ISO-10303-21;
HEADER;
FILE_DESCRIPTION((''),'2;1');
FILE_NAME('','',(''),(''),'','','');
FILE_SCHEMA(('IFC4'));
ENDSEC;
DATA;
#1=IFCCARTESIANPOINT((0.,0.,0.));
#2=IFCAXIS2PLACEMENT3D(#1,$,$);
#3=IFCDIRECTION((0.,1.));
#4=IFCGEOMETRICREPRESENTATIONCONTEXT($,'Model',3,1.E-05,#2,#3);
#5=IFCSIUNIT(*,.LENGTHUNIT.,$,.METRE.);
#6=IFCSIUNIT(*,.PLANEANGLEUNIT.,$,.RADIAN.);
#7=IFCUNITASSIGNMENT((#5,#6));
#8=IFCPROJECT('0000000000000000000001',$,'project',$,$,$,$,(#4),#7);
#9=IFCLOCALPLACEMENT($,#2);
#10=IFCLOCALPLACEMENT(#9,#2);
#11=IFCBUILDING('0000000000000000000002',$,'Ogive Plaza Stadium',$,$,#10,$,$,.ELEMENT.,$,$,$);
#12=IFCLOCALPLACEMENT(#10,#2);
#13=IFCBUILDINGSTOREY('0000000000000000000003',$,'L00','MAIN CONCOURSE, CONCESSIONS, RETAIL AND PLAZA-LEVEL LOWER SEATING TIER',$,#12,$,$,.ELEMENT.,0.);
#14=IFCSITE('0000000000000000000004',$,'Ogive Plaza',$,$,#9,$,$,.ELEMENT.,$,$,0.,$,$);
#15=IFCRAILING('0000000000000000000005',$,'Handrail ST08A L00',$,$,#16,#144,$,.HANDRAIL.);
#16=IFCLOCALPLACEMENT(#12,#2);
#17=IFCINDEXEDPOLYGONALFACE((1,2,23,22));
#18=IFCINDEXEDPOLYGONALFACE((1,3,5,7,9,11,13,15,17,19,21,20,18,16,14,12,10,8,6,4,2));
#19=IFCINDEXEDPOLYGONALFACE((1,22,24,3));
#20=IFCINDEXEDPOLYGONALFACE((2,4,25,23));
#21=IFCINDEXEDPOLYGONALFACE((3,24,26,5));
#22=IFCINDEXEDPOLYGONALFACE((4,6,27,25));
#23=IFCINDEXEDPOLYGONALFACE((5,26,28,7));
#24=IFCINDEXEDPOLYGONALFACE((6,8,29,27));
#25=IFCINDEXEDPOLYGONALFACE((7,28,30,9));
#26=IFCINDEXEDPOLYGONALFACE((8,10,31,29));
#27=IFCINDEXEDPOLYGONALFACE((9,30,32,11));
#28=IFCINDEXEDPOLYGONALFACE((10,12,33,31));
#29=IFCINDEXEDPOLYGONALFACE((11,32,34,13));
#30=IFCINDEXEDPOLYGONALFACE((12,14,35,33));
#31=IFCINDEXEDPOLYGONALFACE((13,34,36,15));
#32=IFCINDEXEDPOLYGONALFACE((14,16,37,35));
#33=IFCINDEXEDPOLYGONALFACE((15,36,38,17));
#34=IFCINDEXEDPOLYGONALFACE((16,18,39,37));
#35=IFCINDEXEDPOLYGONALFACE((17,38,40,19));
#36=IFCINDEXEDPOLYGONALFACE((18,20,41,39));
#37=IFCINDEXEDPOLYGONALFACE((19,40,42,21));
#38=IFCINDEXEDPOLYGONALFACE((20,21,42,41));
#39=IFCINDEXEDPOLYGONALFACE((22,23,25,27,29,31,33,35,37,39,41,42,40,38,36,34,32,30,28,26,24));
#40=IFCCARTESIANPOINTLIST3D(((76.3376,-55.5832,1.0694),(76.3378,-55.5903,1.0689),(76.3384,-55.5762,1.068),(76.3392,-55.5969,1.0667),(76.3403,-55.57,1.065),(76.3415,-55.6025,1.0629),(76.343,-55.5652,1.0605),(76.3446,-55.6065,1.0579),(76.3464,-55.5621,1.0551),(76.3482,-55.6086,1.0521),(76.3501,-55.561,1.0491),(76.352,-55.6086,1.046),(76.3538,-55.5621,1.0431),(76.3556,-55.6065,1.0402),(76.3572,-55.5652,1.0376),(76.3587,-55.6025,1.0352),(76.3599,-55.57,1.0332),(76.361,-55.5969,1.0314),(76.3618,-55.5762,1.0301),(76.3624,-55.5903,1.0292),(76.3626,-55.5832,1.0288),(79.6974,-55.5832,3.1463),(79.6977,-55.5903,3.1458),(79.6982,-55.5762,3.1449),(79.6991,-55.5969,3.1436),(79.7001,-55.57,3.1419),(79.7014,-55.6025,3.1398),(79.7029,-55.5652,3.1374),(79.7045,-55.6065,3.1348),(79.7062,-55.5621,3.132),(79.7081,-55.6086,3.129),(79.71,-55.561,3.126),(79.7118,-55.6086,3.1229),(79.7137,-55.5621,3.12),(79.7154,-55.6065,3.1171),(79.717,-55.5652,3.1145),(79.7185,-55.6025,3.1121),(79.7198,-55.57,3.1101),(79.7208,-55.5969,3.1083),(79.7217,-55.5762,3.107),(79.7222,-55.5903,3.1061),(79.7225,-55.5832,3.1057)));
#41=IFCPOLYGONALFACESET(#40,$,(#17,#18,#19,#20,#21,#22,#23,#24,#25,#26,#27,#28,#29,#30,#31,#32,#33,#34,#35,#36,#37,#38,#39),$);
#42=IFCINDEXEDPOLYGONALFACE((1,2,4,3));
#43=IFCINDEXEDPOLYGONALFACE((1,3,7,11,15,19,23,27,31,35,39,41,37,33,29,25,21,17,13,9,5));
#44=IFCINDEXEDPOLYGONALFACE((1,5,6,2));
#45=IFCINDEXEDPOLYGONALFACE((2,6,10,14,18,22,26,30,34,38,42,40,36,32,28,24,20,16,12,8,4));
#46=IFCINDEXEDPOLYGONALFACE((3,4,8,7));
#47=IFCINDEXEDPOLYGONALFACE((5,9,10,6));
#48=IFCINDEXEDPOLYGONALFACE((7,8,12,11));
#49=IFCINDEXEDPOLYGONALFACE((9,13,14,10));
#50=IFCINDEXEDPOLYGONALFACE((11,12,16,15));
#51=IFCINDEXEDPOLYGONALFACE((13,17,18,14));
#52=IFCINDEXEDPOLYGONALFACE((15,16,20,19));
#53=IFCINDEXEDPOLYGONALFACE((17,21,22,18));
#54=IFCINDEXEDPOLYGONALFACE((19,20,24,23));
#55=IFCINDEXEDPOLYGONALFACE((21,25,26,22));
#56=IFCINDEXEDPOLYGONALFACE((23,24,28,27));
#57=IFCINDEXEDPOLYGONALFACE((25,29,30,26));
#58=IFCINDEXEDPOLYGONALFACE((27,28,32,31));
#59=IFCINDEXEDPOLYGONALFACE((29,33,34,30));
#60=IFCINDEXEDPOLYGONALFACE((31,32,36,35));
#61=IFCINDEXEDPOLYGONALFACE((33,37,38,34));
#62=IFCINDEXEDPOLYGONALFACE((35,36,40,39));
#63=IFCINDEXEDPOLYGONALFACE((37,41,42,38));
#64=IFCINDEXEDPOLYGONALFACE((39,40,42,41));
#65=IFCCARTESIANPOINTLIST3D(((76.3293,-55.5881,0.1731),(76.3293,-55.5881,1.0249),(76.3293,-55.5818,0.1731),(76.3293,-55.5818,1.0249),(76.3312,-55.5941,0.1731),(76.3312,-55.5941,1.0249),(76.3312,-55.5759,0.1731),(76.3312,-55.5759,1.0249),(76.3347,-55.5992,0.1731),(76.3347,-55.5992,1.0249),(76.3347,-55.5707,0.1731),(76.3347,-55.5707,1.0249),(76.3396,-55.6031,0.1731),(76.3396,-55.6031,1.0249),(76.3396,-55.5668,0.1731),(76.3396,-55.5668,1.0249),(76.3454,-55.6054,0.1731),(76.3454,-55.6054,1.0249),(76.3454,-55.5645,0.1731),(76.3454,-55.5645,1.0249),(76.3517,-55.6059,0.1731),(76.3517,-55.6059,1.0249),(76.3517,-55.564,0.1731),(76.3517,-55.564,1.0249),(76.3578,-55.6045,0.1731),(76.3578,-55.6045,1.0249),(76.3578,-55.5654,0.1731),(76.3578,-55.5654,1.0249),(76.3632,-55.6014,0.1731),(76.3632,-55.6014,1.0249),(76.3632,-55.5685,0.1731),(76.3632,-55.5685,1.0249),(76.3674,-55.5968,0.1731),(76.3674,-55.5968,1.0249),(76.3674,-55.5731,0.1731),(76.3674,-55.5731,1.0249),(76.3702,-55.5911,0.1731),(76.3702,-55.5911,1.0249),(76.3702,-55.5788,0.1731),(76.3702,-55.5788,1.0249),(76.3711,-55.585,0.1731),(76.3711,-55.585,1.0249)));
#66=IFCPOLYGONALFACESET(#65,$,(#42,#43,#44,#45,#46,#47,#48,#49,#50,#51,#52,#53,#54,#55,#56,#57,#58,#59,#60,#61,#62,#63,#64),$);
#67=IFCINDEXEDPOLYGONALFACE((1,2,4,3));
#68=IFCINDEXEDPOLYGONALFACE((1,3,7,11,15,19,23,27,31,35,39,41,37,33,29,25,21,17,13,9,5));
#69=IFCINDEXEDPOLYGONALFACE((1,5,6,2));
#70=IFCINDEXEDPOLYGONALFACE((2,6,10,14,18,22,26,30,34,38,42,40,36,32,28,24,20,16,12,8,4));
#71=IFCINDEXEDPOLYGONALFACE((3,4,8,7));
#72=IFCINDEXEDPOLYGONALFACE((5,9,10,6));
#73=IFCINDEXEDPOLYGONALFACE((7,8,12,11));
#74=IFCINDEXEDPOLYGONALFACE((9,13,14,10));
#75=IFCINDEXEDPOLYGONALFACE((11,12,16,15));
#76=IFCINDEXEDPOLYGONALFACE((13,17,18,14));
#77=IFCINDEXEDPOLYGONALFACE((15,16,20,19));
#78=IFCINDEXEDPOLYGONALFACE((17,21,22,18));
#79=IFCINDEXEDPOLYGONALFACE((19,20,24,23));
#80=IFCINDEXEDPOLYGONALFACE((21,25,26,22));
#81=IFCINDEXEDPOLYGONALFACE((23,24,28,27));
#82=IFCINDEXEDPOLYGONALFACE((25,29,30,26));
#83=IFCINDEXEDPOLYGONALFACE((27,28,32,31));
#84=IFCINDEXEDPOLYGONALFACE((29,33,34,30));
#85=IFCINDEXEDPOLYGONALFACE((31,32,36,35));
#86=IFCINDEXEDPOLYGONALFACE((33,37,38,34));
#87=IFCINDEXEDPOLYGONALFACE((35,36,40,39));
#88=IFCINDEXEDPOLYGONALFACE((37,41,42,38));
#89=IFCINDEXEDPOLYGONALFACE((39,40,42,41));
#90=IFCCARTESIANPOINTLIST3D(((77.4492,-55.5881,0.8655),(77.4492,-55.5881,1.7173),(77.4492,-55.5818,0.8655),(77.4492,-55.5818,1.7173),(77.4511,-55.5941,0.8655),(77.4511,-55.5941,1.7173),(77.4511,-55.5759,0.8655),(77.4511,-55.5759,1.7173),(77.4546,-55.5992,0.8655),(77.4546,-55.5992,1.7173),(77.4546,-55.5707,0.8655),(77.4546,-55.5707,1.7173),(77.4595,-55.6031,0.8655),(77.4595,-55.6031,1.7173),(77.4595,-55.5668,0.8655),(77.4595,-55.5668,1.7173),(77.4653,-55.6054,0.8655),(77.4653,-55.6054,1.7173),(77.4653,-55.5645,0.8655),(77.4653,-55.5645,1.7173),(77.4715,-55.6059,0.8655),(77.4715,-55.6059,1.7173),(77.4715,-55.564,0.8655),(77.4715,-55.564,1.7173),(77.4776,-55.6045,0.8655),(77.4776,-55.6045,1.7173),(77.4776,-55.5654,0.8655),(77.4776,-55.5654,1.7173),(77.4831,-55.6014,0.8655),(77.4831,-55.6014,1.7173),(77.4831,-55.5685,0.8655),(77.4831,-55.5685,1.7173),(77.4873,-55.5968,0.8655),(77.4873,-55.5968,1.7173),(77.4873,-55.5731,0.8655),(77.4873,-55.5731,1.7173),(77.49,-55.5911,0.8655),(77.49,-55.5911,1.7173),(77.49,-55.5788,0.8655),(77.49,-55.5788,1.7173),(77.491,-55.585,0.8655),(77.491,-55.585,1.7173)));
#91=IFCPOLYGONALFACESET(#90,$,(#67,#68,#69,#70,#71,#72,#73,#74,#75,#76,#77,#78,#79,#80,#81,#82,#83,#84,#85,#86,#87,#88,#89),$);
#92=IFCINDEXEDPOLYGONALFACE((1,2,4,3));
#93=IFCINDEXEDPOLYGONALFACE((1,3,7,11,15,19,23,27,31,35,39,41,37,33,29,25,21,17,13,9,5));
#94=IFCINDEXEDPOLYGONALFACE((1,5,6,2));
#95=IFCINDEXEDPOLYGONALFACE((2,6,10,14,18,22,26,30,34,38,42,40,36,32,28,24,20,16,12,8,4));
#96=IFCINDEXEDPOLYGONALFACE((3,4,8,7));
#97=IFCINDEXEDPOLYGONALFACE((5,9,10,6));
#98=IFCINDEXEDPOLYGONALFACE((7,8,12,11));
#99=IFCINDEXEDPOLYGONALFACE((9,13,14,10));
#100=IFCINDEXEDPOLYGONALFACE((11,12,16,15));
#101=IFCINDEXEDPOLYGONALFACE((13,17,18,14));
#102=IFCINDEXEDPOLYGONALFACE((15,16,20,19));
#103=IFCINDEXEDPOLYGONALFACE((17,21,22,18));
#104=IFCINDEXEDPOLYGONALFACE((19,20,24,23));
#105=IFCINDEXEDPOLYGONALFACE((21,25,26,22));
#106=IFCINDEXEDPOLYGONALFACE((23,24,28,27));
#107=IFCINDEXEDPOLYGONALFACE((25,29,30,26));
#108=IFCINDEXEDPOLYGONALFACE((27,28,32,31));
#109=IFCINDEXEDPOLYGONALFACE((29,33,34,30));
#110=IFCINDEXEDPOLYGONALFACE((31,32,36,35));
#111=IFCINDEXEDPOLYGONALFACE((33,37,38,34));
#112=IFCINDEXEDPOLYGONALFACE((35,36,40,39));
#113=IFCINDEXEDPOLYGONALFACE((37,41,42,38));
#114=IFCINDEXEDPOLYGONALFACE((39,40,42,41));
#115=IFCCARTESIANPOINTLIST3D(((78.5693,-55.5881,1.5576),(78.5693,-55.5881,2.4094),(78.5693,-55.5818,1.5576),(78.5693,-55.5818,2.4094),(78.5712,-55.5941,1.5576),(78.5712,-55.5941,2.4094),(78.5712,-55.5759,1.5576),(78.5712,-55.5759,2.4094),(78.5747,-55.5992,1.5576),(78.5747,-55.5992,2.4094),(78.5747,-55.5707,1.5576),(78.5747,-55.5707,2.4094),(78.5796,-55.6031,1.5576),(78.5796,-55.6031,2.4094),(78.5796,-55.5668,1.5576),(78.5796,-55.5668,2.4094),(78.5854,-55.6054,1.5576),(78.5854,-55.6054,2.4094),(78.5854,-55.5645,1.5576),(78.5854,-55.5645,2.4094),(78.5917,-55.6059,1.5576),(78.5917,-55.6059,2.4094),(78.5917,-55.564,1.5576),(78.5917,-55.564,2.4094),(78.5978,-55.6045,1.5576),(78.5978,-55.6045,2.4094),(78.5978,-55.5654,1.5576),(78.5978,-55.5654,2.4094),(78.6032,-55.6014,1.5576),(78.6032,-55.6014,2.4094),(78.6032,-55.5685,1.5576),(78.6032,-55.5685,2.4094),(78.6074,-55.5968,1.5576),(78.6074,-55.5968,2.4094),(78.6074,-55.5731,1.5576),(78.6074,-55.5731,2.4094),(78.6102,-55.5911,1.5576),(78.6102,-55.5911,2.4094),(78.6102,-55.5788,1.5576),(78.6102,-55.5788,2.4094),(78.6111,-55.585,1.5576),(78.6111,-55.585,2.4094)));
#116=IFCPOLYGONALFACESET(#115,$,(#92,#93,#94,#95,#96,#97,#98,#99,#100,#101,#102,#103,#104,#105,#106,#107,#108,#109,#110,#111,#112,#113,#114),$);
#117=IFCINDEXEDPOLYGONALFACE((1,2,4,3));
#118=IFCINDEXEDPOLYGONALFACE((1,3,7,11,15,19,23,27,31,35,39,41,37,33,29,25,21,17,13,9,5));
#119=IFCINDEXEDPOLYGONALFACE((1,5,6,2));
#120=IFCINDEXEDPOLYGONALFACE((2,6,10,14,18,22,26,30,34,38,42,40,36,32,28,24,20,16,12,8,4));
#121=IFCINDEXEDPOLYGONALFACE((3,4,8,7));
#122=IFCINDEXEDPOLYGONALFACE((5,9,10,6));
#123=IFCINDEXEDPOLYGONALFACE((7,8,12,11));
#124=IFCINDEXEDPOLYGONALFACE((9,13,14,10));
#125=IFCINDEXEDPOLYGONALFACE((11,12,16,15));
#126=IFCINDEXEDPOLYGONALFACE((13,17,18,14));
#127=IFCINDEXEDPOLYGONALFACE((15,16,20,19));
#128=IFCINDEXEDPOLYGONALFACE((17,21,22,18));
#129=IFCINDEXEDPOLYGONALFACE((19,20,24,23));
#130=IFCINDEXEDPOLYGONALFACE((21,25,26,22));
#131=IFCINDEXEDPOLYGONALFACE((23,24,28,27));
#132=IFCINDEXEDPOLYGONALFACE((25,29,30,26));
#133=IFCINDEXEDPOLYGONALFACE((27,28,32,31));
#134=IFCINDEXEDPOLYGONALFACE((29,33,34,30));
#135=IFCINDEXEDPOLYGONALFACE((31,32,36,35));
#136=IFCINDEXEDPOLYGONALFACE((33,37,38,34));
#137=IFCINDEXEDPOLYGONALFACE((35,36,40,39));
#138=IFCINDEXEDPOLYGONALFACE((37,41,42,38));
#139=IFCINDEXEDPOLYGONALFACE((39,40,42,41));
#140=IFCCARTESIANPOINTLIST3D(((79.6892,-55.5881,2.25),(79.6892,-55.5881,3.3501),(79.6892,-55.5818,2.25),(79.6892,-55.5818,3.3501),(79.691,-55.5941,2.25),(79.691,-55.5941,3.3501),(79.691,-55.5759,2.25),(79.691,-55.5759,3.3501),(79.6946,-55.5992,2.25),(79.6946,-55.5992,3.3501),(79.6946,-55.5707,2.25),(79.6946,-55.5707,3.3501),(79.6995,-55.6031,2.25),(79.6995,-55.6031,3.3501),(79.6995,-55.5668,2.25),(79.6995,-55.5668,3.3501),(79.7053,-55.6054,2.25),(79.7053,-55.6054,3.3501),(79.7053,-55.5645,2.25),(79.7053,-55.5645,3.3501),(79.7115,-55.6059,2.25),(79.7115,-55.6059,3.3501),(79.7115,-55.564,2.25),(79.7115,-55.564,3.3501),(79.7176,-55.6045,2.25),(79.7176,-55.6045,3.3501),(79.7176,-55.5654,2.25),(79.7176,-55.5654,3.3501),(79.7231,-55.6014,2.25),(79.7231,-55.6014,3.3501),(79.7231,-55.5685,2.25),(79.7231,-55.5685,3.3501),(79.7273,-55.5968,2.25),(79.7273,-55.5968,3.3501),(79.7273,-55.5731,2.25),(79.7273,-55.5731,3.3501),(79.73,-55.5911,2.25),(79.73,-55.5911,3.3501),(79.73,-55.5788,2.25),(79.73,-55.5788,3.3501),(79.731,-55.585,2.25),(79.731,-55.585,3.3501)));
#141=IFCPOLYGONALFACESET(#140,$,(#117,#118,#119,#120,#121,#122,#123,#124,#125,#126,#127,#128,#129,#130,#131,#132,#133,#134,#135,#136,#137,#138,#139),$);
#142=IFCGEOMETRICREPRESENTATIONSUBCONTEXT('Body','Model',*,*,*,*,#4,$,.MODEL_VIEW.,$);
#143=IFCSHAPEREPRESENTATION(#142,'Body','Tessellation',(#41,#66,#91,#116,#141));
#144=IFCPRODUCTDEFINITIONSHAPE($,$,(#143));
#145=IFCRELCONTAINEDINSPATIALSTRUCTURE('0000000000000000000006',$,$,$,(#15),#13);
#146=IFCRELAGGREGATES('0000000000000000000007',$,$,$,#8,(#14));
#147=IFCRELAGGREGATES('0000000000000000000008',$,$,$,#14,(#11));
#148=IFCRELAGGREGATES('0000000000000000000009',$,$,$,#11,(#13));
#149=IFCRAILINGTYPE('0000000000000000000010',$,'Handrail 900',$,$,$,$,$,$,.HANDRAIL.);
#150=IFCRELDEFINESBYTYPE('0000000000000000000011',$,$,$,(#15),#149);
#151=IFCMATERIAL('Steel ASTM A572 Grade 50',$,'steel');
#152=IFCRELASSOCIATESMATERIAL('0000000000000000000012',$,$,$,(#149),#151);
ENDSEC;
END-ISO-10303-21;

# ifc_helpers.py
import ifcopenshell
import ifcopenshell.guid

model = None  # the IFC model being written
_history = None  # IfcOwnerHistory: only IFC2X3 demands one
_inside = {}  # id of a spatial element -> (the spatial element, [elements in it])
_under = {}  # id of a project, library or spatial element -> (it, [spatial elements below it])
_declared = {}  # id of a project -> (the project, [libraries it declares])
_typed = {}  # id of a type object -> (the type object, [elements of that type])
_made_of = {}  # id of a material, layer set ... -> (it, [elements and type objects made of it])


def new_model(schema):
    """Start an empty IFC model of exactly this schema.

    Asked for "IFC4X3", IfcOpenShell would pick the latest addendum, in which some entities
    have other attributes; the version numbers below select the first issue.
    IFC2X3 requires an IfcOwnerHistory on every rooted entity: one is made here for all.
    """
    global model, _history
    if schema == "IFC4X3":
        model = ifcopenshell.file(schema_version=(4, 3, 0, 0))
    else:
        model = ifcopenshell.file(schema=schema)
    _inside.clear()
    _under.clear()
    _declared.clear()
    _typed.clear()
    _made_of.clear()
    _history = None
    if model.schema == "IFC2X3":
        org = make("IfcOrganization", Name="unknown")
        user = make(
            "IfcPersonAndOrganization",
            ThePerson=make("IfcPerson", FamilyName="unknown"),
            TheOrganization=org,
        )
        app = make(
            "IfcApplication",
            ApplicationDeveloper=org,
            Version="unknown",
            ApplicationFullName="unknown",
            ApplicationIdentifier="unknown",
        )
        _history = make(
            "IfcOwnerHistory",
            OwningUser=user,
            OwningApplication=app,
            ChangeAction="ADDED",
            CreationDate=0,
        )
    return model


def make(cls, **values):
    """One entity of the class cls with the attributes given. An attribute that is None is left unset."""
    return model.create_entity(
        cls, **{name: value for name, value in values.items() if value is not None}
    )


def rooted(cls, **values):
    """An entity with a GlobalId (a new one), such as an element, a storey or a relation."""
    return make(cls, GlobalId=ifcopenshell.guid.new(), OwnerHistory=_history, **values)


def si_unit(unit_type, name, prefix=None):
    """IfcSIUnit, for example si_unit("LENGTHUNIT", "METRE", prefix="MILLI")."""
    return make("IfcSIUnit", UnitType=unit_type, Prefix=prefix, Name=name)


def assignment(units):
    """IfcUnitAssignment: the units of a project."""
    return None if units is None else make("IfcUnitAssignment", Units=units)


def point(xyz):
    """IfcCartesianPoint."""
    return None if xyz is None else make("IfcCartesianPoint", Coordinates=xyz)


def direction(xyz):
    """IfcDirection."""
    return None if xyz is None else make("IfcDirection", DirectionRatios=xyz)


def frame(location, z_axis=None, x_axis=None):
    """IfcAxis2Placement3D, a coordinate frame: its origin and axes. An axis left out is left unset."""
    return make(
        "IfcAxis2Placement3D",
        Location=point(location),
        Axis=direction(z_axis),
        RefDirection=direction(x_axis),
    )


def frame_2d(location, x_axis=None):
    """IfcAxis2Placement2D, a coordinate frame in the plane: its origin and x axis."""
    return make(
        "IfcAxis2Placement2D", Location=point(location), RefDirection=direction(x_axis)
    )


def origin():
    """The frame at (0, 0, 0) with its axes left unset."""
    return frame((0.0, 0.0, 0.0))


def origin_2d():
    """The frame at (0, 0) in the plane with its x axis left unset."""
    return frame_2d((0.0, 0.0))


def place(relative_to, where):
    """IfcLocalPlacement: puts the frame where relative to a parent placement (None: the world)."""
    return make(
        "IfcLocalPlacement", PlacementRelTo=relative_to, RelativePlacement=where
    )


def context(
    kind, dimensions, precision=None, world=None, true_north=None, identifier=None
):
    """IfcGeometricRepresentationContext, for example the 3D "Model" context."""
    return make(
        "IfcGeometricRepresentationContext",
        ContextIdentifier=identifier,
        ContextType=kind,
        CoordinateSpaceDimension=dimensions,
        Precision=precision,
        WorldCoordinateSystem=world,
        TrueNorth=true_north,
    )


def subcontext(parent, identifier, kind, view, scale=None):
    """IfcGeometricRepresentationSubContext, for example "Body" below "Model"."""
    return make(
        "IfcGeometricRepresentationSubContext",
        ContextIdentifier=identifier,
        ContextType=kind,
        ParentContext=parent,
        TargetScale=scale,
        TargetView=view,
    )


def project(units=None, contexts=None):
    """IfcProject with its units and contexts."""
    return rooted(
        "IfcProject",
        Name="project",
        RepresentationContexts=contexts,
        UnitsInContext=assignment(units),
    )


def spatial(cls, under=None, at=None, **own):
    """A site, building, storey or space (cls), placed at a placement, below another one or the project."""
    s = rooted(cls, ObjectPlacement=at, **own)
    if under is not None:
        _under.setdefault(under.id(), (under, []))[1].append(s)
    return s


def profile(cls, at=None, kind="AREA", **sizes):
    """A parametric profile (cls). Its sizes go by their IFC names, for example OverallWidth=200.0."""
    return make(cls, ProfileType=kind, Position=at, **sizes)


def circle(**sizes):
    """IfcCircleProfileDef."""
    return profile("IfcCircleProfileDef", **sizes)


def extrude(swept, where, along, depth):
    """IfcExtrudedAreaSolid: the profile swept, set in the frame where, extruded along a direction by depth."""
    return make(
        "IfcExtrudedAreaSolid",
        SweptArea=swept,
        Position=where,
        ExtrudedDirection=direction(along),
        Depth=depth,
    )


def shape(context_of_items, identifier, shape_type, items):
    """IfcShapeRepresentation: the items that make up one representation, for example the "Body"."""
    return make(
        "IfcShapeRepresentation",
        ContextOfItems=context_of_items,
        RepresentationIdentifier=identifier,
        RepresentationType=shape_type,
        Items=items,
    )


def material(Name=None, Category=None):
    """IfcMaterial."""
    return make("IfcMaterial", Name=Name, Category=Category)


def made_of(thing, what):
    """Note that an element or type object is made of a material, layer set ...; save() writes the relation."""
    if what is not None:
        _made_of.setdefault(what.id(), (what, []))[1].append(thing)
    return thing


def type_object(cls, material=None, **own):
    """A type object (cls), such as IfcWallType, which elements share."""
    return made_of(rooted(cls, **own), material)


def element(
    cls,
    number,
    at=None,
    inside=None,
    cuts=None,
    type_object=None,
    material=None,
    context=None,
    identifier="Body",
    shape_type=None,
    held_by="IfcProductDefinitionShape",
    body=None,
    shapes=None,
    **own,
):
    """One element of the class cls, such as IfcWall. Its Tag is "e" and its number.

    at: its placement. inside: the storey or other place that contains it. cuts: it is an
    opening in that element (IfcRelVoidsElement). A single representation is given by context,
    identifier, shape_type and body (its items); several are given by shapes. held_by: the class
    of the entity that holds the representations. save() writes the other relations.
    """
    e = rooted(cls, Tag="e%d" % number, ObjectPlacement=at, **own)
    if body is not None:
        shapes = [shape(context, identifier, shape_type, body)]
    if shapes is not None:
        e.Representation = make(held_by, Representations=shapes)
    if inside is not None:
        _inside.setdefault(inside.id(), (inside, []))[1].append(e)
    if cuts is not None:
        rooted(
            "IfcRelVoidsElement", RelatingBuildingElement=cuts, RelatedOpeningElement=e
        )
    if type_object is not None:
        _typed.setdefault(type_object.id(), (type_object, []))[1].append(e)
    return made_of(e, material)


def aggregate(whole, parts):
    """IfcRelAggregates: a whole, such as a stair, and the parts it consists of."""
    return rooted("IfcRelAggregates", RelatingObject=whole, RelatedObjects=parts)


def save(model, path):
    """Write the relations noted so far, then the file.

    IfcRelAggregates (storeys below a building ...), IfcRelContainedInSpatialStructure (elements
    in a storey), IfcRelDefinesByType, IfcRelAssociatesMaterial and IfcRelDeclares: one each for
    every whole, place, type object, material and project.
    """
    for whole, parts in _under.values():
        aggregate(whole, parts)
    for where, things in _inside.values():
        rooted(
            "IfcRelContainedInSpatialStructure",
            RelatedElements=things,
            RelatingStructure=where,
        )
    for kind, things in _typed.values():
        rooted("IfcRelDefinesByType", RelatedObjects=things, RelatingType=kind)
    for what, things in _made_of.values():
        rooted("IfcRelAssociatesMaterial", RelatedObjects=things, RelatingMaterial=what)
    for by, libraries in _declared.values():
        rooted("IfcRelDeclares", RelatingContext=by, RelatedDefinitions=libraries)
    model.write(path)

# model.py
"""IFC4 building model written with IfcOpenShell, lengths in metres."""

from ifc_helpers import new_model, si_unit, direction, frame, origin, origin_2d, place, context, subcontext, project, spatial, circle, extrude, material, type_object, element, save


model = new_model("IFC4")

# Units and contexts
model_context = context("Model", 3, precision=1e-05, world=origin(), true_north=direction((0.0, 1.0)))
body_context = subcontext(model_context, "Body", "Model", "MODEL_VIEW")
ifc_project = project(units=[si_unit("LENGTHUNIT", "METRE"), si_unit("PLANEANGLEUNIT", "RADIAN")], contexts=[model_context])

# Site, building, storey
site_placement = place(None, origin())
site = spatial("IfcSite", under=ifc_project, at=site_placement, Name="Ogive Plaza", CompositionType="ELEMENT", RefElevation=0.0)
building_placement = place(site_placement, origin())
building = spatial("IfcBuilding", under=site, at=building_placement, Name="Ogive Plaza Stadium", CompositionType="ELEMENT")
storey_placement = place(building_placement, origin())
storey = spatial("IfcBuildingStorey", under=building, at=storey_placement, Name="L00", Description="MAIN CONCOURSE, CONCESSIONS, RETAIL AND PLAZA-LEVEL LOWER SEATING TIER", CompositionType="ELEMENT", Elevation=0.0)

# Railing
ifc_material_1 = material(Name="Steel ASTM A572 Grade 50", Category="steel")
railing_type_1 = type_object("IfcRailingType", Name="Handrail 900", PredefinedType="HANDRAIL", material=ifc_material_1)
for number, where, name in (
    (1, (76.3501, -55.585, 0.1731), "Handrail ST08A L00"),
):
    element("IfcRailing", number, at=place(storey_placement, frame(where)), inside=storey, type_object=railing_type_1, Name=name, PredefinedType="HANDRAIL", context=body_context, shape_type="SweptSolid", body=[
        extrude(circle(Radius=0.0239, at=origin_2d()), frame((0.0, 0.0, 0.876), z_axis=(0.850606, 0.0, 0.525803), x_axis=(0.0, 1.0, 0.0)), (0.0, 0.0, 1.0), 3.95),
        extrude(circle(Radius=0.021, at=origin_2d()), origin(), (0.0, 0.0, 1.0), 0.8518),
        extrude(circle(Radius=0.021, at=origin_2d()), frame((1.1199, 0.0, 0.6924)), (0.0, 0.0, 1.0), 0.8518),
        extrude(circle(Radius=0.021, at=origin_2d()), frame((2.24, 0.0, 1.3845)), (0.0, 0.0, 1.0), 0.8518),
        extrude(circle(Radius=0.021, at=origin_2d()), frame((3.3599, 0.0, 2.0769)), (0.0, 0.0, 1.0), 1.1001),
    ])

save(model, "model.ifc")
